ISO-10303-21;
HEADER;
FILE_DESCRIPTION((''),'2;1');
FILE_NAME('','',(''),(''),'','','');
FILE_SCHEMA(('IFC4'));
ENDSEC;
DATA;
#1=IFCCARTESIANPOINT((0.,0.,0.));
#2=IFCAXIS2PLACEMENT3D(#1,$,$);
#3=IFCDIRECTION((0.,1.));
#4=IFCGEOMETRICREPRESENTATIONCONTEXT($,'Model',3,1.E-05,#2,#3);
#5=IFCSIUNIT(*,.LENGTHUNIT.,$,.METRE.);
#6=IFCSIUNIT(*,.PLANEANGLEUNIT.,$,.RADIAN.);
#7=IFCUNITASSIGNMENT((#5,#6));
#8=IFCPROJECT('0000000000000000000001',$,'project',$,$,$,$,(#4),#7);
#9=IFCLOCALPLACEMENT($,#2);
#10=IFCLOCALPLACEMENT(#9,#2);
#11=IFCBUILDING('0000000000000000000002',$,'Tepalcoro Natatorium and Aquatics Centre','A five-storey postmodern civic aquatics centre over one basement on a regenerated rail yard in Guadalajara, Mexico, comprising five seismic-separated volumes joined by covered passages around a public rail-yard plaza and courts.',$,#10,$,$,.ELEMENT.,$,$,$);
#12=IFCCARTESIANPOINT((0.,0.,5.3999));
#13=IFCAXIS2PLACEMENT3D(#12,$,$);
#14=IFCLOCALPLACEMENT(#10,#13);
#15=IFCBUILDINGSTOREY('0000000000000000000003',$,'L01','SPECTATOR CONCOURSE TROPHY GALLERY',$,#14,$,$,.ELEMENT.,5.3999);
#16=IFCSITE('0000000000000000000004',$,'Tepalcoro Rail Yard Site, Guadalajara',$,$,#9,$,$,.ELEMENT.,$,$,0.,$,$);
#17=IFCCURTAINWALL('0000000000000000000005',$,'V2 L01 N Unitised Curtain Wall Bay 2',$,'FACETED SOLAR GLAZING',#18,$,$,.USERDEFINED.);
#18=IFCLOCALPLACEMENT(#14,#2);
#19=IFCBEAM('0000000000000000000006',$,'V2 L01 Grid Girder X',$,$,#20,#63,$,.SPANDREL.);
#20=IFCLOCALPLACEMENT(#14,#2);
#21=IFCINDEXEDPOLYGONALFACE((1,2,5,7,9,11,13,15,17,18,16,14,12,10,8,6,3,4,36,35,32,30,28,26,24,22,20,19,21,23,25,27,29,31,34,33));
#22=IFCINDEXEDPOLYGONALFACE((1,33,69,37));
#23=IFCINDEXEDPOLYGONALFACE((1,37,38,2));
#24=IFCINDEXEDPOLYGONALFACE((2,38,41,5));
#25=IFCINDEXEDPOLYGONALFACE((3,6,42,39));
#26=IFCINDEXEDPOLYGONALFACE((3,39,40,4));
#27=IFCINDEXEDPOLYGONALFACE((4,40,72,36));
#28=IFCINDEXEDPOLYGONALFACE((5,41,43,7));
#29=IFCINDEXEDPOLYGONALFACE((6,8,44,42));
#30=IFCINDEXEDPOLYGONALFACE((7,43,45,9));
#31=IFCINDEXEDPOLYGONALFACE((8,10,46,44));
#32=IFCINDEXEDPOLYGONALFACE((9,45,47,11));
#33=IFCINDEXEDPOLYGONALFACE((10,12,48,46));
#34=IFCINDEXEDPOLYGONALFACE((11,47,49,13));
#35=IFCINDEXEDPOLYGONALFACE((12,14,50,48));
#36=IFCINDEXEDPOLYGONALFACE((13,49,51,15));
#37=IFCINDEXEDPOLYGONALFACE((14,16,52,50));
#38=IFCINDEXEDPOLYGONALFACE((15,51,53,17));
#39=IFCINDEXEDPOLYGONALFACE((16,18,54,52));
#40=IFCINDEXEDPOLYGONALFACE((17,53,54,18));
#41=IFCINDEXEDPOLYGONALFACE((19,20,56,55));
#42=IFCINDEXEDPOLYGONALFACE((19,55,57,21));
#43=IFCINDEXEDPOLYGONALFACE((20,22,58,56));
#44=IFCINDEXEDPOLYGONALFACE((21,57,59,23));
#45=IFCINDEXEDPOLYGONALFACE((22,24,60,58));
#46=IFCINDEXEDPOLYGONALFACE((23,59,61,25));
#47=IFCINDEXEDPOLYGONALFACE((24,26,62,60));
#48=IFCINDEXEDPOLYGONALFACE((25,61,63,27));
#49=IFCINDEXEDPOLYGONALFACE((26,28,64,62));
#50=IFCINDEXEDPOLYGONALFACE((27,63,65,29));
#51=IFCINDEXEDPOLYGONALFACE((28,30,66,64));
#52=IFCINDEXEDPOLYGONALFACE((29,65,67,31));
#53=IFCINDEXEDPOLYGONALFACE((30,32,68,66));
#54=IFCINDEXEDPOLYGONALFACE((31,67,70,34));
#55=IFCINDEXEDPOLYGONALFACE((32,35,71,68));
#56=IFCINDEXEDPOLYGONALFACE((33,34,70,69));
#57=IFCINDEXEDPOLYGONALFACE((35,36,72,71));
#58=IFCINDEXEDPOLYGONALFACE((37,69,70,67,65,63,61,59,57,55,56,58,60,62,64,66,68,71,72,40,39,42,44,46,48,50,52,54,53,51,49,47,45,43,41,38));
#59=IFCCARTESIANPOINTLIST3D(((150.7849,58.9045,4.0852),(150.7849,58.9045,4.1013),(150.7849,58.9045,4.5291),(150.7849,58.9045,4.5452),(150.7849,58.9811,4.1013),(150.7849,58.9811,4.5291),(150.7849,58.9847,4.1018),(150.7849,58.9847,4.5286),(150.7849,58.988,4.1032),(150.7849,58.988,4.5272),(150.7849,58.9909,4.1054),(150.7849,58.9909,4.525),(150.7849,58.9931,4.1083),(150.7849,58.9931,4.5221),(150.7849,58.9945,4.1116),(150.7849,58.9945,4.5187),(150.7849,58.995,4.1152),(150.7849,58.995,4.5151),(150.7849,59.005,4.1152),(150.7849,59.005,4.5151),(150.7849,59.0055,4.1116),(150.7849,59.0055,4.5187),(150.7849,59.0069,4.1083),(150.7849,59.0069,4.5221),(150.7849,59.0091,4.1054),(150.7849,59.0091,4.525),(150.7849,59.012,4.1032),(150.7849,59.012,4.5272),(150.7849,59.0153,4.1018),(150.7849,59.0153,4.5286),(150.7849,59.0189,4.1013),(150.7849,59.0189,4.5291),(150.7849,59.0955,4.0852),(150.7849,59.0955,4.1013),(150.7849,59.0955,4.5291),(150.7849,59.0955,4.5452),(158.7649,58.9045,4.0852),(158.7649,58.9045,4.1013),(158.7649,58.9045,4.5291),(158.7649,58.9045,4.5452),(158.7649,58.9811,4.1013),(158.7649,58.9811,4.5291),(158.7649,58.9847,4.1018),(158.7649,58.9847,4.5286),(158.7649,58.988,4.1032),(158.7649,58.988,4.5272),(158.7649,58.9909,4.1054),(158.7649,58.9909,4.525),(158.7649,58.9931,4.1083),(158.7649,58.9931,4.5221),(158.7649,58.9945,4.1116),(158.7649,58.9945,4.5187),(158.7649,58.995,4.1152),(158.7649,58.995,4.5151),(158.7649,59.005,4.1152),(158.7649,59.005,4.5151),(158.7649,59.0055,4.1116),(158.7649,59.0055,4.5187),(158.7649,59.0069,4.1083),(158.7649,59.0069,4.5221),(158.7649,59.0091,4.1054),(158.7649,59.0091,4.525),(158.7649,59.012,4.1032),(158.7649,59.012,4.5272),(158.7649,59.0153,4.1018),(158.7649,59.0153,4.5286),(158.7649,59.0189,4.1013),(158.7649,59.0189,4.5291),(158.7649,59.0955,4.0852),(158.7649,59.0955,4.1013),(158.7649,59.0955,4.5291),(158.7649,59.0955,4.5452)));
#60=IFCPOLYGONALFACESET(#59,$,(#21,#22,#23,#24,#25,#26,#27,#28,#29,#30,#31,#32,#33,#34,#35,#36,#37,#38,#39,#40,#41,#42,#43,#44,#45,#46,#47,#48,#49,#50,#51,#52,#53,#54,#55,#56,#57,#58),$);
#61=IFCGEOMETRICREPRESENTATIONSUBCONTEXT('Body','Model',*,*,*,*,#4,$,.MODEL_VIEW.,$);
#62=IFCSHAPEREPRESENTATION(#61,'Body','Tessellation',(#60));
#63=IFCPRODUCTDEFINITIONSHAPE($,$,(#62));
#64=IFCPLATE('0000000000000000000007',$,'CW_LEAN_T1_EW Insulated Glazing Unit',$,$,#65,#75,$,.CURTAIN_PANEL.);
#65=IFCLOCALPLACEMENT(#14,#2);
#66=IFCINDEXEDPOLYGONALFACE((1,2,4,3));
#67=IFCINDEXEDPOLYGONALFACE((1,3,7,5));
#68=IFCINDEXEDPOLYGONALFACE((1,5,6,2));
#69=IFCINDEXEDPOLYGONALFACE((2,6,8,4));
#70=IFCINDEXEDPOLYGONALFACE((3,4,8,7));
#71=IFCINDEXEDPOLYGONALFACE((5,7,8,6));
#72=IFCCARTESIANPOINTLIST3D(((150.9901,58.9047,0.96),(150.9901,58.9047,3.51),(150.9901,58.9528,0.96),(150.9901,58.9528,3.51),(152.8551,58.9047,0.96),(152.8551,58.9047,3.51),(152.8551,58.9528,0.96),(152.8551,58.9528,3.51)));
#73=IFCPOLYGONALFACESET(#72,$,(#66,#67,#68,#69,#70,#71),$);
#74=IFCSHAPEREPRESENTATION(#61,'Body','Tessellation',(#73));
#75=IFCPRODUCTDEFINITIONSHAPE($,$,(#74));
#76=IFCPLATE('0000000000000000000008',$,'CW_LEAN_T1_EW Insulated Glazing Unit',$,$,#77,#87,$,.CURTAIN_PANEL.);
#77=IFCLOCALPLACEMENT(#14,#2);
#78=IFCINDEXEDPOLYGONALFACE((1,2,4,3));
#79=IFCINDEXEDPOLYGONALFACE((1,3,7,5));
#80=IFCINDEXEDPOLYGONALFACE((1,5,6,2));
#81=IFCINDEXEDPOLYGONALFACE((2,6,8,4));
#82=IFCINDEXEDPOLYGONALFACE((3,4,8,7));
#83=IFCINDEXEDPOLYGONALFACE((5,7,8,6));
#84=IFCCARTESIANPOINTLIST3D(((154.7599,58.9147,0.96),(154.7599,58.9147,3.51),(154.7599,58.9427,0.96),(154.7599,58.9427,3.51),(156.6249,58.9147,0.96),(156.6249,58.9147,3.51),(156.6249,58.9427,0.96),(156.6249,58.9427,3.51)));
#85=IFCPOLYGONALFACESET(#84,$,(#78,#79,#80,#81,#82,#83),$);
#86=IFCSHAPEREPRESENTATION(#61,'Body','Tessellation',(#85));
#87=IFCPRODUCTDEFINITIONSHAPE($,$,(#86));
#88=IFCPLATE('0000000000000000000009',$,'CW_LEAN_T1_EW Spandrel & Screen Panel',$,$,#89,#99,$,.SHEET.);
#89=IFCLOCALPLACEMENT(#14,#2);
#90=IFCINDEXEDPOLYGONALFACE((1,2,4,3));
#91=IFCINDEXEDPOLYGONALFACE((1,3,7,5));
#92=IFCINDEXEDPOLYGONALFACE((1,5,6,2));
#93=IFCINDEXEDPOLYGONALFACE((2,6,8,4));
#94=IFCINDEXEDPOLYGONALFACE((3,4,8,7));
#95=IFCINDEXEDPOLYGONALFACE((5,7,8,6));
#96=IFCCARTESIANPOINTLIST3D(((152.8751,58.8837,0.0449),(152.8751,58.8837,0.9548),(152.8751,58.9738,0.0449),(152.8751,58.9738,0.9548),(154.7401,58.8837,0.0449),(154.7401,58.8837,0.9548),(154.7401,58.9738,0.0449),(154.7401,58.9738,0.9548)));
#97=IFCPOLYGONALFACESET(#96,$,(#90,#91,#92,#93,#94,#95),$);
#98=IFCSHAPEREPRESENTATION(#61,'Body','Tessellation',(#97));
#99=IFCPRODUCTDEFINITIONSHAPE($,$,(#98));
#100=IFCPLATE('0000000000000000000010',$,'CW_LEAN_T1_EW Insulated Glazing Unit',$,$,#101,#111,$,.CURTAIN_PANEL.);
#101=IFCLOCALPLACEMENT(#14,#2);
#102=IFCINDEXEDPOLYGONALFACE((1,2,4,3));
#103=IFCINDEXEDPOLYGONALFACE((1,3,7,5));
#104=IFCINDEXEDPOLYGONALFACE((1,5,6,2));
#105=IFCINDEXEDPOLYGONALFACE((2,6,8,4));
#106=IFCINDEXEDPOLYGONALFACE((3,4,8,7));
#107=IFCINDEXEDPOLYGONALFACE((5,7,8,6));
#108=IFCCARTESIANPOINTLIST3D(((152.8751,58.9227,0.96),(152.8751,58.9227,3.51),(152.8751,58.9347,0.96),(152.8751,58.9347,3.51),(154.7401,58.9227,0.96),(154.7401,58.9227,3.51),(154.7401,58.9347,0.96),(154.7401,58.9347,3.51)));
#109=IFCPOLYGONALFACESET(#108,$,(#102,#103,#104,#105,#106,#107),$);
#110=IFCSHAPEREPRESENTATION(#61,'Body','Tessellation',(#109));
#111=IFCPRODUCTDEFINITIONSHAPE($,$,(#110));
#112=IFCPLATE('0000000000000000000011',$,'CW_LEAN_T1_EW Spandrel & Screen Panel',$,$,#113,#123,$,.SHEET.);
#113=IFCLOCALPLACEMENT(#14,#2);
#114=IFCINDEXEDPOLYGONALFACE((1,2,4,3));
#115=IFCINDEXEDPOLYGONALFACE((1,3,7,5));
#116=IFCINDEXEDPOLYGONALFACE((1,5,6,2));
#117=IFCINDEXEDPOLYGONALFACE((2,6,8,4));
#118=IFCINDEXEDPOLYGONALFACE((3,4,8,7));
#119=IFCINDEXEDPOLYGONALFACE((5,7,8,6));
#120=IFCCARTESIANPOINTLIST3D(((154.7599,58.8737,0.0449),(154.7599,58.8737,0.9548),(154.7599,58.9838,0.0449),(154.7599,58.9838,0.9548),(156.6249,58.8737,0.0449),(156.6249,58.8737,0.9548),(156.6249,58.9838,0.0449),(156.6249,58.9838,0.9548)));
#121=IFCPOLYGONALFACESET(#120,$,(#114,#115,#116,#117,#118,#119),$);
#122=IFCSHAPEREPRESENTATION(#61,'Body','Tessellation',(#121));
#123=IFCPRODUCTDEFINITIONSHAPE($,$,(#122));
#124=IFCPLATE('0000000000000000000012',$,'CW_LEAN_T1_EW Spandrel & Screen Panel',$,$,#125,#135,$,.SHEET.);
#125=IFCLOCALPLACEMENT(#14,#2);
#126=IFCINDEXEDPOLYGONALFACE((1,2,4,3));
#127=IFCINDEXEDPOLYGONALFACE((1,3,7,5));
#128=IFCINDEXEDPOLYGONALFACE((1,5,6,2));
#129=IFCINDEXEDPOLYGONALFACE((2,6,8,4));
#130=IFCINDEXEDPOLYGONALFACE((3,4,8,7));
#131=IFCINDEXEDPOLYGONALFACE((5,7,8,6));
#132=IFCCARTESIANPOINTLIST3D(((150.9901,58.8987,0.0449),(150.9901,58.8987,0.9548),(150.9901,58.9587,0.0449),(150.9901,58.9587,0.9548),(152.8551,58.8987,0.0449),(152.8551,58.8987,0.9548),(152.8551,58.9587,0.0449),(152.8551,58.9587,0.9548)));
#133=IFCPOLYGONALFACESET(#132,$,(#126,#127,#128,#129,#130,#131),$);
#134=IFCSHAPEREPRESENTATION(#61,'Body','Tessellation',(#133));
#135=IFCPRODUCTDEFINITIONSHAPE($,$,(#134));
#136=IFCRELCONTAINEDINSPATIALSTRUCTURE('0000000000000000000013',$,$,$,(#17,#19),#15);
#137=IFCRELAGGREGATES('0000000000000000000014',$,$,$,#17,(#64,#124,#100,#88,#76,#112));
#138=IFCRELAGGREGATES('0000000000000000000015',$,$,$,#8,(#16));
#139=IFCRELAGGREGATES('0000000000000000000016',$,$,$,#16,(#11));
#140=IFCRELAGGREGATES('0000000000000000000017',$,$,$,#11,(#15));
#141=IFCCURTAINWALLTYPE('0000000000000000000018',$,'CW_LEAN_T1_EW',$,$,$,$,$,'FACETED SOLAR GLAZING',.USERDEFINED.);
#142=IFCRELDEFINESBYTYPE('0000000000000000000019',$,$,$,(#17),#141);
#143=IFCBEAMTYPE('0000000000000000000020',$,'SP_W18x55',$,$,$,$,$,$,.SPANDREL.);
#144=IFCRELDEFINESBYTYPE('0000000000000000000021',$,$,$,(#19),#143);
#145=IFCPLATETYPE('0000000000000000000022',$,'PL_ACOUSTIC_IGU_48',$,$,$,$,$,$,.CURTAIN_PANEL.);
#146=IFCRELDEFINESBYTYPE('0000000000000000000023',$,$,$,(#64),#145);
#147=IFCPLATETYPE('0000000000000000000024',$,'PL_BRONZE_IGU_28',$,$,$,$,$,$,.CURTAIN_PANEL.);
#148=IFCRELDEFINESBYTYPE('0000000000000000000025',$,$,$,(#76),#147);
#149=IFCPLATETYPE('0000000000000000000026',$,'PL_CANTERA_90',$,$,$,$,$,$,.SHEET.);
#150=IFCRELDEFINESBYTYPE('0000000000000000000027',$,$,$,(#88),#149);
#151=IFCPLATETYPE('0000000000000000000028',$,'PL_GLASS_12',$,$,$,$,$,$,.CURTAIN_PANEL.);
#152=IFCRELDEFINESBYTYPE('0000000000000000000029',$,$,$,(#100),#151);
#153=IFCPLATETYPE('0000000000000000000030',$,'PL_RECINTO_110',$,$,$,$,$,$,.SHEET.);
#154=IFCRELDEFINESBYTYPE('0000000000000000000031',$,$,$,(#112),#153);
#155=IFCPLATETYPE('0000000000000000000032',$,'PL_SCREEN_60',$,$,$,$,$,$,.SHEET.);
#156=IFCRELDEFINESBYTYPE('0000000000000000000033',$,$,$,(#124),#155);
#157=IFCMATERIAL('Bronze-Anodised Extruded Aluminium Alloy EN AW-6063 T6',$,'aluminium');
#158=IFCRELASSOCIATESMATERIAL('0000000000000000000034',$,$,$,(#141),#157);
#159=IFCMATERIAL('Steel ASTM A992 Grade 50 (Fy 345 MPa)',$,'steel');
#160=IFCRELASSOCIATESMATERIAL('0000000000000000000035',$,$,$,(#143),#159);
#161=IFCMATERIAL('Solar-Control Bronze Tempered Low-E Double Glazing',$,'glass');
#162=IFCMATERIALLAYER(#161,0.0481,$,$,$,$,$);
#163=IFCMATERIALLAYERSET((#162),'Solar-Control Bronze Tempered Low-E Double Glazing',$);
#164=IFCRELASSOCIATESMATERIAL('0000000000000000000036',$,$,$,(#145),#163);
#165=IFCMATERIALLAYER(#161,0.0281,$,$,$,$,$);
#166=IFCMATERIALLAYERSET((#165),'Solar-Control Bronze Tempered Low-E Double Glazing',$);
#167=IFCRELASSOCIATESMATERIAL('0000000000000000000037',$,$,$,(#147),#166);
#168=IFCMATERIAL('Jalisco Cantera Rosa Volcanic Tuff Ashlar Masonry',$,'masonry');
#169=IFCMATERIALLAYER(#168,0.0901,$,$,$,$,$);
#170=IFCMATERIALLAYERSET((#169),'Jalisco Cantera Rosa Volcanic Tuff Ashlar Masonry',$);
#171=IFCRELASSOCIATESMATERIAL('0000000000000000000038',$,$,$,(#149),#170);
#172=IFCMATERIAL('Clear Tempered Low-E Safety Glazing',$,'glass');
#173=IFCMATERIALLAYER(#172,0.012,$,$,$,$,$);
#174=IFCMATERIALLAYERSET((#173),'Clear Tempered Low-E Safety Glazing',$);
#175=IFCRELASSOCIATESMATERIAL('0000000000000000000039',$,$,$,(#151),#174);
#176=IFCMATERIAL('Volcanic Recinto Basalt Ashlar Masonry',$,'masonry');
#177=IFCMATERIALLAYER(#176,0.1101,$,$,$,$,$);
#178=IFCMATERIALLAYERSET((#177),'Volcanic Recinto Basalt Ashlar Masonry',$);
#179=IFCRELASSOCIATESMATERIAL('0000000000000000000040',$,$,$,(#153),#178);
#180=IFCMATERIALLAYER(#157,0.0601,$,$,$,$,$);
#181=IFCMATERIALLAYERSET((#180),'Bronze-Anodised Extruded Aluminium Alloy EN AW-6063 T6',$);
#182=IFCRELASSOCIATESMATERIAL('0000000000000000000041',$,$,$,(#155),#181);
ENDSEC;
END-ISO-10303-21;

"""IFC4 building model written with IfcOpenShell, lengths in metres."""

from ifc_helpers import new_model, si_unit, direction, frame, origin, origin_2d, place, context, subcontext, project, spatial, rectangle, i_section, extrude, material, layer, layer_set, material_profile, profile_set, type_object, element, aggregate, save


model = new_model("IFC4")

# Units and contexts
model_context = context("Model", 3, precision=1e-05, world=origin(), true_north=direction((0.0, 1.0)))
body_context = subcontext(model_context, "Body", "Model", "MODEL_VIEW")
ifc_project = project(units=[si_unit("LENGTHUNIT", "METRE"), si_unit("PLANEANGLEUNIT", "RADIAN")], contexts=[model_context])

# Site, building, storey
site_placement = place(None, origin())
site = spatial("IfcSite", under=ifc_project, at=site_placement, Name="Tepalcoro Rail Yard Site, Guadalajara", CompositionType="ELEMENT", RefElevation=0.0)
building_placement = place(site_placement, origin())
building = spatial("IfcBuilding", under=site, at=building_placement, Name="Tepalcoro Natatorium and Aquatics Centre", Description="A five-storey postmodern civic aquatics centre over one basement on a regenerated rail yard in Guadalajara, Mexico, comprising five seismic-separated volumes joined by covered passages around a public rail-yard plaza and courts.", CompositionType="ELEMENT")
storey_placement = place(building_placement, frame((0.0, 0.0, 5.3999)))
storey = spatial("IfcBuildingStorey", under=building, at=storey_placement, Name="L01", Description="SPECTATOR CONCOURSE TROPHY GALLERY", CompositionType="ELEMENT", Elevation=5.3999)

# Shared definitions
ifc_material_1 = material(Name="Steel ASTM A992 Grade 50 (Fy 345 MPa)", Category="steel")

# Curtain wall
ifc_material_2 = material(Name="Bronze-Anodised Extruded Aluminium Alloy EN AW-6063 T6", Category="aluminium")
curtain_wall_type = type_object("IfcCurtainWallType", Name="CW_LEAN_T1_EW", ElementType="FACETED SOLAR GLAZING", PredefinedType="USERDEFINED", material=ifc_material_2)
curtain_wall_placement = place(storey_placement, origin())
curtain_wall = element("IfcCurtainWall", 1, at=curtain_wall_placement, inside=storey, type_object=curtain_wall_type, Name="V2 L01 N Unitised Curtain Wall Bay 2", ObjectType="FACETED SOLAR GLAZING", PredefinedType="USERDEFINED")

# Beam
ifc_material_profile_1 = material_profile(ifc_material_1, i_section(OverallWidth=0.1909, OverallDepth=0.46, WebThickness=0.01, FlangeThickness=0.0161, FilletRadius=0.0139, at=origin_2d()), Name="W18X55")
ifc_profile_set_1 = profile_set([ifc_material_profile_1], Name="Steel ASTM A992 Grade 50 (Fy 345 MPa)")
beam_type_1 = type_object("IfcBeamType", Name="SP_W18x55", PredefinedType="SPANDREL", material=ifc_profile_set_1)
beam_1_placement = place(storey_placement, frame((150.7849, 59.0, 4.3152), z_axis=(1.0, 0.0, 0.0), x_axis=(0.0, 1.0, 0.0)))
element("IfcBeam", 2, at=beam_1_placement, inside=storey, type_object=beam_type_1, Name="V2 L01 Grid Girder X", PredefinedType="SPANDREL", context=body_context, shape_type="SweptSolid", body=[
    extrude(i_section(OverallWidth=0.1909, OverallDepth=0.46, WebThickness=0.01, FlangeThickness=0.0161, FilletRadius=0.0139, at=origin_2d()), origin(), (0.0, 0.0, 1.0), 7.98),
])

# Plates
ifc_material_3 = material(Name="Solar-Control Bronze Tempered Low-E Double Glazing", Category="glass")
ifc_layer_1 = layer(ifc_material_3, 0.0481)
ifc_layer_set_1 = layer_set([ifc_layer_1], Name="Solar-Control Bronze Tempered Low-E Double Glazing")
plate_type_1 = type_object("IfcPlateType", Name="PL_ACOUSTIC_IGU_48", PredefinedType="CURTAIN_PANEL", material=ifc_layer_set_1)
plate_1_placement = place(storey_placement, frame((151.9226, 58.9287, 0.96), z_axis=(0.0, 0.0, 1.0), x_axis=(1.0, 0.0, 0.0)))
plate_1 = element("IfcPlate", 3, at=plate_1_placement, type_object=plate_type_1, Name="CW_LEAN_T1_EW Insulated Glazing Unit", PredefinedType="CURTAIN_PANEL", context=body_context, shape_type="SweptSolid", body=[
    extrude(rectangle(XDim=1.865, YDim=0.0481, at=origin_2d()), origin(), (0.0, 0.0, 1.0), 2.55),
])
ifc_layer_2 = layer(ifc_material_3, 0.0281)
ifc_layer_set_2 = layer_set([ifc_layer_2], Name="Solar-Control Bronze Tempered Low-E Double Glazing")
plate_type_2 = type_object("IfcPlateType", Name="PL_BRONZE_IGU_28", PredefinedType="CURTAIN_PANEL", material=ifc_layer_set_2)
plate_2_placement = place(storey_placement, frame((155.6924, 58.9287, 0.96), z_axis=(0.0, 0.0, 1.0), x_axis=(1.0, 0.0, 0.0)))
plate_2 = element("IfcPlate", 4, at=plate_2_placement, type_object=plate_type_2, Name="CW_LEAN_T1_EW Insulated Glazing Unit", PredefinedType="CURTAIN_PANEL", context=body_context, shape_type="SweptSolid", body=[
    extrude(rectangle(XDim=1.865, YDim=0.0281, at=origin_2d()), origin(), (0.0, 0.0, 1.0), 2.55),
])
ifc_material_4 = material(Name="Jalisco Cantera Rosa Volcanic Tuff Ashlar Masonry", Category="masonry")
ifc_layer_3 = layer(ifc_material_4, 0.0901)
ifc_layer_set_3 = layer_set([ifc_layer_3], Name="Jalisco Cantera Rosa Volcanic Tuff Ashlar Masonry")
plate_type_3 = type_object("IfcPlateType", Name="PL_CANTERA_90", PredefinedType="SHEET", material=ifc_layer_set_3)
plate_3_placement = place(storey_placement, frame((153.8076, 58.9287, 0.0449), z_axis=(0.0, 0.0, 1.0), x_axis=(1.0, 0.0, 0.0)))
plate_3 = element("IfcPlate", 5, at=plate_3_placement, type_object=plate_type_3, Name="CW_LEAN_T1_EW Spandrel & Screen Panel", PredefinedType="SHEET", context=body_context, shape_type="SweptSolid", body=[
    extrude(rectangle(XDim=1.865, YDim=0.0901, at=origin_2d()), origin(), (0.0, 0.0, 1.0), 0.9099),
])
ifc_material_5 = material(Name="Clear Tempered Low-E Safety Glazing", Category="glass")
ifc_layer_4 = layer(ifc_material_5, 0.012)
ifc_layer_set_4 = layer_set([ifc_layer_4], Name="Clear Tempered Low-E Safety Glazing")
plate_type_4 = type_object("IfcPlateType", Name="PL_GLASS_12", PredefinedType="CURTAIN_PANEL", material=ifc_layer_set_4)
plate_4_placement = place(storey_placement, frame((153.8076, 58.9287, 0.96), z_axis=(0.0, 0.0, 1.0), x_axis=(1.0, 0.0, 0.0)))
plate_4 = element("IfcPlate", 6, at=plate_4_placement, type_object=plate_type_4, Name="CW_LEAN_T1_EW Insulated Glazing Unit", PredefinedType="CURTAIN_PANEL", context=body_context, shape_type="SweptSolid", body=[
    extrude(rectangle(XDim=1.865, YDim=0.012, at=origin_2d()), origin(), (0.0, 0.0, 1.0), 2.55),
])
ifc_material_6 = material(Name="Volcanic Recinto Basalt Ashlar Masonry", Category="masonry")
ifc_layer_5 = layer(ifc_material_6, 0.1101)
ifc_layer_set_5 = layer_set([ifc_layer_5], Name="Volcanic Recinto Basalt Ashlar Masonry")
plate_type_5 = type_object("IfcPlateType", Name="PL_RECINTO_110", PredefinedType="SHEET", material=ifc_layer_set_5)
plate_5_placement = place(storey_placement, frame((155.6924, 58.9287, 0.0449), z_axis=(0.0, 0.0, 1.0), x_axis=(1.0, 0.0, 0.0)))
plate_5 = element("IfcPlate", 7, at=plate_5_placement, type_object=plate_type_5, Name="CW_LEAN_T1_EW Spandrel & Screen Panel", PredefinedType="SHEET", context=body_context, shape_type="SweptSolid", body=[
    extrude(rectangle(XDim=1.865, YDim=0.1101, at=origin_2d()), origin(), (0.0, 0.0, 1.0), 0.9099),
])
ifc_layer_6 = layer(ifc_material_2, 0.0601)
ifc_layer_set_6 = layer_set([ifc_layer_6], Name="Bronze-Anodised Extruded Aluminium Alloy EN AW-6063 T6")
plate_type_6 = type_object("IfcPlateType", Name="PL_SCREEN_60", PredefinedType="SHEET", material=ifc_layer_set_6)
plate_6_placement = place(storey_placement, frame((151.9226, 58.9287, 0.0449), z_axis=(0.0, 0.0, 1.0), x_axis=(1.0, 0.0, 0.0)))
plate_6 = element("IfcPlate", 8, at=plate_6_placement, type_object=plate_type_6, Name="CW_LEAN_T1_EW Spandrel & Screen Panel", PredefinedType="SHEET", context=body_context, shape_type="SweptSolid", body=[
    extrude(rectangle(XDim=1.865, YDim=0.0601, at=origin_2d()), origin(), (0.0, 0.0, 1.0), 0.9099),
])
aggregate(curtain_wall, [plate_1, plate_6, plate_4, plate_3, plate_2, plate_5])

save(model, "model.ifc")
